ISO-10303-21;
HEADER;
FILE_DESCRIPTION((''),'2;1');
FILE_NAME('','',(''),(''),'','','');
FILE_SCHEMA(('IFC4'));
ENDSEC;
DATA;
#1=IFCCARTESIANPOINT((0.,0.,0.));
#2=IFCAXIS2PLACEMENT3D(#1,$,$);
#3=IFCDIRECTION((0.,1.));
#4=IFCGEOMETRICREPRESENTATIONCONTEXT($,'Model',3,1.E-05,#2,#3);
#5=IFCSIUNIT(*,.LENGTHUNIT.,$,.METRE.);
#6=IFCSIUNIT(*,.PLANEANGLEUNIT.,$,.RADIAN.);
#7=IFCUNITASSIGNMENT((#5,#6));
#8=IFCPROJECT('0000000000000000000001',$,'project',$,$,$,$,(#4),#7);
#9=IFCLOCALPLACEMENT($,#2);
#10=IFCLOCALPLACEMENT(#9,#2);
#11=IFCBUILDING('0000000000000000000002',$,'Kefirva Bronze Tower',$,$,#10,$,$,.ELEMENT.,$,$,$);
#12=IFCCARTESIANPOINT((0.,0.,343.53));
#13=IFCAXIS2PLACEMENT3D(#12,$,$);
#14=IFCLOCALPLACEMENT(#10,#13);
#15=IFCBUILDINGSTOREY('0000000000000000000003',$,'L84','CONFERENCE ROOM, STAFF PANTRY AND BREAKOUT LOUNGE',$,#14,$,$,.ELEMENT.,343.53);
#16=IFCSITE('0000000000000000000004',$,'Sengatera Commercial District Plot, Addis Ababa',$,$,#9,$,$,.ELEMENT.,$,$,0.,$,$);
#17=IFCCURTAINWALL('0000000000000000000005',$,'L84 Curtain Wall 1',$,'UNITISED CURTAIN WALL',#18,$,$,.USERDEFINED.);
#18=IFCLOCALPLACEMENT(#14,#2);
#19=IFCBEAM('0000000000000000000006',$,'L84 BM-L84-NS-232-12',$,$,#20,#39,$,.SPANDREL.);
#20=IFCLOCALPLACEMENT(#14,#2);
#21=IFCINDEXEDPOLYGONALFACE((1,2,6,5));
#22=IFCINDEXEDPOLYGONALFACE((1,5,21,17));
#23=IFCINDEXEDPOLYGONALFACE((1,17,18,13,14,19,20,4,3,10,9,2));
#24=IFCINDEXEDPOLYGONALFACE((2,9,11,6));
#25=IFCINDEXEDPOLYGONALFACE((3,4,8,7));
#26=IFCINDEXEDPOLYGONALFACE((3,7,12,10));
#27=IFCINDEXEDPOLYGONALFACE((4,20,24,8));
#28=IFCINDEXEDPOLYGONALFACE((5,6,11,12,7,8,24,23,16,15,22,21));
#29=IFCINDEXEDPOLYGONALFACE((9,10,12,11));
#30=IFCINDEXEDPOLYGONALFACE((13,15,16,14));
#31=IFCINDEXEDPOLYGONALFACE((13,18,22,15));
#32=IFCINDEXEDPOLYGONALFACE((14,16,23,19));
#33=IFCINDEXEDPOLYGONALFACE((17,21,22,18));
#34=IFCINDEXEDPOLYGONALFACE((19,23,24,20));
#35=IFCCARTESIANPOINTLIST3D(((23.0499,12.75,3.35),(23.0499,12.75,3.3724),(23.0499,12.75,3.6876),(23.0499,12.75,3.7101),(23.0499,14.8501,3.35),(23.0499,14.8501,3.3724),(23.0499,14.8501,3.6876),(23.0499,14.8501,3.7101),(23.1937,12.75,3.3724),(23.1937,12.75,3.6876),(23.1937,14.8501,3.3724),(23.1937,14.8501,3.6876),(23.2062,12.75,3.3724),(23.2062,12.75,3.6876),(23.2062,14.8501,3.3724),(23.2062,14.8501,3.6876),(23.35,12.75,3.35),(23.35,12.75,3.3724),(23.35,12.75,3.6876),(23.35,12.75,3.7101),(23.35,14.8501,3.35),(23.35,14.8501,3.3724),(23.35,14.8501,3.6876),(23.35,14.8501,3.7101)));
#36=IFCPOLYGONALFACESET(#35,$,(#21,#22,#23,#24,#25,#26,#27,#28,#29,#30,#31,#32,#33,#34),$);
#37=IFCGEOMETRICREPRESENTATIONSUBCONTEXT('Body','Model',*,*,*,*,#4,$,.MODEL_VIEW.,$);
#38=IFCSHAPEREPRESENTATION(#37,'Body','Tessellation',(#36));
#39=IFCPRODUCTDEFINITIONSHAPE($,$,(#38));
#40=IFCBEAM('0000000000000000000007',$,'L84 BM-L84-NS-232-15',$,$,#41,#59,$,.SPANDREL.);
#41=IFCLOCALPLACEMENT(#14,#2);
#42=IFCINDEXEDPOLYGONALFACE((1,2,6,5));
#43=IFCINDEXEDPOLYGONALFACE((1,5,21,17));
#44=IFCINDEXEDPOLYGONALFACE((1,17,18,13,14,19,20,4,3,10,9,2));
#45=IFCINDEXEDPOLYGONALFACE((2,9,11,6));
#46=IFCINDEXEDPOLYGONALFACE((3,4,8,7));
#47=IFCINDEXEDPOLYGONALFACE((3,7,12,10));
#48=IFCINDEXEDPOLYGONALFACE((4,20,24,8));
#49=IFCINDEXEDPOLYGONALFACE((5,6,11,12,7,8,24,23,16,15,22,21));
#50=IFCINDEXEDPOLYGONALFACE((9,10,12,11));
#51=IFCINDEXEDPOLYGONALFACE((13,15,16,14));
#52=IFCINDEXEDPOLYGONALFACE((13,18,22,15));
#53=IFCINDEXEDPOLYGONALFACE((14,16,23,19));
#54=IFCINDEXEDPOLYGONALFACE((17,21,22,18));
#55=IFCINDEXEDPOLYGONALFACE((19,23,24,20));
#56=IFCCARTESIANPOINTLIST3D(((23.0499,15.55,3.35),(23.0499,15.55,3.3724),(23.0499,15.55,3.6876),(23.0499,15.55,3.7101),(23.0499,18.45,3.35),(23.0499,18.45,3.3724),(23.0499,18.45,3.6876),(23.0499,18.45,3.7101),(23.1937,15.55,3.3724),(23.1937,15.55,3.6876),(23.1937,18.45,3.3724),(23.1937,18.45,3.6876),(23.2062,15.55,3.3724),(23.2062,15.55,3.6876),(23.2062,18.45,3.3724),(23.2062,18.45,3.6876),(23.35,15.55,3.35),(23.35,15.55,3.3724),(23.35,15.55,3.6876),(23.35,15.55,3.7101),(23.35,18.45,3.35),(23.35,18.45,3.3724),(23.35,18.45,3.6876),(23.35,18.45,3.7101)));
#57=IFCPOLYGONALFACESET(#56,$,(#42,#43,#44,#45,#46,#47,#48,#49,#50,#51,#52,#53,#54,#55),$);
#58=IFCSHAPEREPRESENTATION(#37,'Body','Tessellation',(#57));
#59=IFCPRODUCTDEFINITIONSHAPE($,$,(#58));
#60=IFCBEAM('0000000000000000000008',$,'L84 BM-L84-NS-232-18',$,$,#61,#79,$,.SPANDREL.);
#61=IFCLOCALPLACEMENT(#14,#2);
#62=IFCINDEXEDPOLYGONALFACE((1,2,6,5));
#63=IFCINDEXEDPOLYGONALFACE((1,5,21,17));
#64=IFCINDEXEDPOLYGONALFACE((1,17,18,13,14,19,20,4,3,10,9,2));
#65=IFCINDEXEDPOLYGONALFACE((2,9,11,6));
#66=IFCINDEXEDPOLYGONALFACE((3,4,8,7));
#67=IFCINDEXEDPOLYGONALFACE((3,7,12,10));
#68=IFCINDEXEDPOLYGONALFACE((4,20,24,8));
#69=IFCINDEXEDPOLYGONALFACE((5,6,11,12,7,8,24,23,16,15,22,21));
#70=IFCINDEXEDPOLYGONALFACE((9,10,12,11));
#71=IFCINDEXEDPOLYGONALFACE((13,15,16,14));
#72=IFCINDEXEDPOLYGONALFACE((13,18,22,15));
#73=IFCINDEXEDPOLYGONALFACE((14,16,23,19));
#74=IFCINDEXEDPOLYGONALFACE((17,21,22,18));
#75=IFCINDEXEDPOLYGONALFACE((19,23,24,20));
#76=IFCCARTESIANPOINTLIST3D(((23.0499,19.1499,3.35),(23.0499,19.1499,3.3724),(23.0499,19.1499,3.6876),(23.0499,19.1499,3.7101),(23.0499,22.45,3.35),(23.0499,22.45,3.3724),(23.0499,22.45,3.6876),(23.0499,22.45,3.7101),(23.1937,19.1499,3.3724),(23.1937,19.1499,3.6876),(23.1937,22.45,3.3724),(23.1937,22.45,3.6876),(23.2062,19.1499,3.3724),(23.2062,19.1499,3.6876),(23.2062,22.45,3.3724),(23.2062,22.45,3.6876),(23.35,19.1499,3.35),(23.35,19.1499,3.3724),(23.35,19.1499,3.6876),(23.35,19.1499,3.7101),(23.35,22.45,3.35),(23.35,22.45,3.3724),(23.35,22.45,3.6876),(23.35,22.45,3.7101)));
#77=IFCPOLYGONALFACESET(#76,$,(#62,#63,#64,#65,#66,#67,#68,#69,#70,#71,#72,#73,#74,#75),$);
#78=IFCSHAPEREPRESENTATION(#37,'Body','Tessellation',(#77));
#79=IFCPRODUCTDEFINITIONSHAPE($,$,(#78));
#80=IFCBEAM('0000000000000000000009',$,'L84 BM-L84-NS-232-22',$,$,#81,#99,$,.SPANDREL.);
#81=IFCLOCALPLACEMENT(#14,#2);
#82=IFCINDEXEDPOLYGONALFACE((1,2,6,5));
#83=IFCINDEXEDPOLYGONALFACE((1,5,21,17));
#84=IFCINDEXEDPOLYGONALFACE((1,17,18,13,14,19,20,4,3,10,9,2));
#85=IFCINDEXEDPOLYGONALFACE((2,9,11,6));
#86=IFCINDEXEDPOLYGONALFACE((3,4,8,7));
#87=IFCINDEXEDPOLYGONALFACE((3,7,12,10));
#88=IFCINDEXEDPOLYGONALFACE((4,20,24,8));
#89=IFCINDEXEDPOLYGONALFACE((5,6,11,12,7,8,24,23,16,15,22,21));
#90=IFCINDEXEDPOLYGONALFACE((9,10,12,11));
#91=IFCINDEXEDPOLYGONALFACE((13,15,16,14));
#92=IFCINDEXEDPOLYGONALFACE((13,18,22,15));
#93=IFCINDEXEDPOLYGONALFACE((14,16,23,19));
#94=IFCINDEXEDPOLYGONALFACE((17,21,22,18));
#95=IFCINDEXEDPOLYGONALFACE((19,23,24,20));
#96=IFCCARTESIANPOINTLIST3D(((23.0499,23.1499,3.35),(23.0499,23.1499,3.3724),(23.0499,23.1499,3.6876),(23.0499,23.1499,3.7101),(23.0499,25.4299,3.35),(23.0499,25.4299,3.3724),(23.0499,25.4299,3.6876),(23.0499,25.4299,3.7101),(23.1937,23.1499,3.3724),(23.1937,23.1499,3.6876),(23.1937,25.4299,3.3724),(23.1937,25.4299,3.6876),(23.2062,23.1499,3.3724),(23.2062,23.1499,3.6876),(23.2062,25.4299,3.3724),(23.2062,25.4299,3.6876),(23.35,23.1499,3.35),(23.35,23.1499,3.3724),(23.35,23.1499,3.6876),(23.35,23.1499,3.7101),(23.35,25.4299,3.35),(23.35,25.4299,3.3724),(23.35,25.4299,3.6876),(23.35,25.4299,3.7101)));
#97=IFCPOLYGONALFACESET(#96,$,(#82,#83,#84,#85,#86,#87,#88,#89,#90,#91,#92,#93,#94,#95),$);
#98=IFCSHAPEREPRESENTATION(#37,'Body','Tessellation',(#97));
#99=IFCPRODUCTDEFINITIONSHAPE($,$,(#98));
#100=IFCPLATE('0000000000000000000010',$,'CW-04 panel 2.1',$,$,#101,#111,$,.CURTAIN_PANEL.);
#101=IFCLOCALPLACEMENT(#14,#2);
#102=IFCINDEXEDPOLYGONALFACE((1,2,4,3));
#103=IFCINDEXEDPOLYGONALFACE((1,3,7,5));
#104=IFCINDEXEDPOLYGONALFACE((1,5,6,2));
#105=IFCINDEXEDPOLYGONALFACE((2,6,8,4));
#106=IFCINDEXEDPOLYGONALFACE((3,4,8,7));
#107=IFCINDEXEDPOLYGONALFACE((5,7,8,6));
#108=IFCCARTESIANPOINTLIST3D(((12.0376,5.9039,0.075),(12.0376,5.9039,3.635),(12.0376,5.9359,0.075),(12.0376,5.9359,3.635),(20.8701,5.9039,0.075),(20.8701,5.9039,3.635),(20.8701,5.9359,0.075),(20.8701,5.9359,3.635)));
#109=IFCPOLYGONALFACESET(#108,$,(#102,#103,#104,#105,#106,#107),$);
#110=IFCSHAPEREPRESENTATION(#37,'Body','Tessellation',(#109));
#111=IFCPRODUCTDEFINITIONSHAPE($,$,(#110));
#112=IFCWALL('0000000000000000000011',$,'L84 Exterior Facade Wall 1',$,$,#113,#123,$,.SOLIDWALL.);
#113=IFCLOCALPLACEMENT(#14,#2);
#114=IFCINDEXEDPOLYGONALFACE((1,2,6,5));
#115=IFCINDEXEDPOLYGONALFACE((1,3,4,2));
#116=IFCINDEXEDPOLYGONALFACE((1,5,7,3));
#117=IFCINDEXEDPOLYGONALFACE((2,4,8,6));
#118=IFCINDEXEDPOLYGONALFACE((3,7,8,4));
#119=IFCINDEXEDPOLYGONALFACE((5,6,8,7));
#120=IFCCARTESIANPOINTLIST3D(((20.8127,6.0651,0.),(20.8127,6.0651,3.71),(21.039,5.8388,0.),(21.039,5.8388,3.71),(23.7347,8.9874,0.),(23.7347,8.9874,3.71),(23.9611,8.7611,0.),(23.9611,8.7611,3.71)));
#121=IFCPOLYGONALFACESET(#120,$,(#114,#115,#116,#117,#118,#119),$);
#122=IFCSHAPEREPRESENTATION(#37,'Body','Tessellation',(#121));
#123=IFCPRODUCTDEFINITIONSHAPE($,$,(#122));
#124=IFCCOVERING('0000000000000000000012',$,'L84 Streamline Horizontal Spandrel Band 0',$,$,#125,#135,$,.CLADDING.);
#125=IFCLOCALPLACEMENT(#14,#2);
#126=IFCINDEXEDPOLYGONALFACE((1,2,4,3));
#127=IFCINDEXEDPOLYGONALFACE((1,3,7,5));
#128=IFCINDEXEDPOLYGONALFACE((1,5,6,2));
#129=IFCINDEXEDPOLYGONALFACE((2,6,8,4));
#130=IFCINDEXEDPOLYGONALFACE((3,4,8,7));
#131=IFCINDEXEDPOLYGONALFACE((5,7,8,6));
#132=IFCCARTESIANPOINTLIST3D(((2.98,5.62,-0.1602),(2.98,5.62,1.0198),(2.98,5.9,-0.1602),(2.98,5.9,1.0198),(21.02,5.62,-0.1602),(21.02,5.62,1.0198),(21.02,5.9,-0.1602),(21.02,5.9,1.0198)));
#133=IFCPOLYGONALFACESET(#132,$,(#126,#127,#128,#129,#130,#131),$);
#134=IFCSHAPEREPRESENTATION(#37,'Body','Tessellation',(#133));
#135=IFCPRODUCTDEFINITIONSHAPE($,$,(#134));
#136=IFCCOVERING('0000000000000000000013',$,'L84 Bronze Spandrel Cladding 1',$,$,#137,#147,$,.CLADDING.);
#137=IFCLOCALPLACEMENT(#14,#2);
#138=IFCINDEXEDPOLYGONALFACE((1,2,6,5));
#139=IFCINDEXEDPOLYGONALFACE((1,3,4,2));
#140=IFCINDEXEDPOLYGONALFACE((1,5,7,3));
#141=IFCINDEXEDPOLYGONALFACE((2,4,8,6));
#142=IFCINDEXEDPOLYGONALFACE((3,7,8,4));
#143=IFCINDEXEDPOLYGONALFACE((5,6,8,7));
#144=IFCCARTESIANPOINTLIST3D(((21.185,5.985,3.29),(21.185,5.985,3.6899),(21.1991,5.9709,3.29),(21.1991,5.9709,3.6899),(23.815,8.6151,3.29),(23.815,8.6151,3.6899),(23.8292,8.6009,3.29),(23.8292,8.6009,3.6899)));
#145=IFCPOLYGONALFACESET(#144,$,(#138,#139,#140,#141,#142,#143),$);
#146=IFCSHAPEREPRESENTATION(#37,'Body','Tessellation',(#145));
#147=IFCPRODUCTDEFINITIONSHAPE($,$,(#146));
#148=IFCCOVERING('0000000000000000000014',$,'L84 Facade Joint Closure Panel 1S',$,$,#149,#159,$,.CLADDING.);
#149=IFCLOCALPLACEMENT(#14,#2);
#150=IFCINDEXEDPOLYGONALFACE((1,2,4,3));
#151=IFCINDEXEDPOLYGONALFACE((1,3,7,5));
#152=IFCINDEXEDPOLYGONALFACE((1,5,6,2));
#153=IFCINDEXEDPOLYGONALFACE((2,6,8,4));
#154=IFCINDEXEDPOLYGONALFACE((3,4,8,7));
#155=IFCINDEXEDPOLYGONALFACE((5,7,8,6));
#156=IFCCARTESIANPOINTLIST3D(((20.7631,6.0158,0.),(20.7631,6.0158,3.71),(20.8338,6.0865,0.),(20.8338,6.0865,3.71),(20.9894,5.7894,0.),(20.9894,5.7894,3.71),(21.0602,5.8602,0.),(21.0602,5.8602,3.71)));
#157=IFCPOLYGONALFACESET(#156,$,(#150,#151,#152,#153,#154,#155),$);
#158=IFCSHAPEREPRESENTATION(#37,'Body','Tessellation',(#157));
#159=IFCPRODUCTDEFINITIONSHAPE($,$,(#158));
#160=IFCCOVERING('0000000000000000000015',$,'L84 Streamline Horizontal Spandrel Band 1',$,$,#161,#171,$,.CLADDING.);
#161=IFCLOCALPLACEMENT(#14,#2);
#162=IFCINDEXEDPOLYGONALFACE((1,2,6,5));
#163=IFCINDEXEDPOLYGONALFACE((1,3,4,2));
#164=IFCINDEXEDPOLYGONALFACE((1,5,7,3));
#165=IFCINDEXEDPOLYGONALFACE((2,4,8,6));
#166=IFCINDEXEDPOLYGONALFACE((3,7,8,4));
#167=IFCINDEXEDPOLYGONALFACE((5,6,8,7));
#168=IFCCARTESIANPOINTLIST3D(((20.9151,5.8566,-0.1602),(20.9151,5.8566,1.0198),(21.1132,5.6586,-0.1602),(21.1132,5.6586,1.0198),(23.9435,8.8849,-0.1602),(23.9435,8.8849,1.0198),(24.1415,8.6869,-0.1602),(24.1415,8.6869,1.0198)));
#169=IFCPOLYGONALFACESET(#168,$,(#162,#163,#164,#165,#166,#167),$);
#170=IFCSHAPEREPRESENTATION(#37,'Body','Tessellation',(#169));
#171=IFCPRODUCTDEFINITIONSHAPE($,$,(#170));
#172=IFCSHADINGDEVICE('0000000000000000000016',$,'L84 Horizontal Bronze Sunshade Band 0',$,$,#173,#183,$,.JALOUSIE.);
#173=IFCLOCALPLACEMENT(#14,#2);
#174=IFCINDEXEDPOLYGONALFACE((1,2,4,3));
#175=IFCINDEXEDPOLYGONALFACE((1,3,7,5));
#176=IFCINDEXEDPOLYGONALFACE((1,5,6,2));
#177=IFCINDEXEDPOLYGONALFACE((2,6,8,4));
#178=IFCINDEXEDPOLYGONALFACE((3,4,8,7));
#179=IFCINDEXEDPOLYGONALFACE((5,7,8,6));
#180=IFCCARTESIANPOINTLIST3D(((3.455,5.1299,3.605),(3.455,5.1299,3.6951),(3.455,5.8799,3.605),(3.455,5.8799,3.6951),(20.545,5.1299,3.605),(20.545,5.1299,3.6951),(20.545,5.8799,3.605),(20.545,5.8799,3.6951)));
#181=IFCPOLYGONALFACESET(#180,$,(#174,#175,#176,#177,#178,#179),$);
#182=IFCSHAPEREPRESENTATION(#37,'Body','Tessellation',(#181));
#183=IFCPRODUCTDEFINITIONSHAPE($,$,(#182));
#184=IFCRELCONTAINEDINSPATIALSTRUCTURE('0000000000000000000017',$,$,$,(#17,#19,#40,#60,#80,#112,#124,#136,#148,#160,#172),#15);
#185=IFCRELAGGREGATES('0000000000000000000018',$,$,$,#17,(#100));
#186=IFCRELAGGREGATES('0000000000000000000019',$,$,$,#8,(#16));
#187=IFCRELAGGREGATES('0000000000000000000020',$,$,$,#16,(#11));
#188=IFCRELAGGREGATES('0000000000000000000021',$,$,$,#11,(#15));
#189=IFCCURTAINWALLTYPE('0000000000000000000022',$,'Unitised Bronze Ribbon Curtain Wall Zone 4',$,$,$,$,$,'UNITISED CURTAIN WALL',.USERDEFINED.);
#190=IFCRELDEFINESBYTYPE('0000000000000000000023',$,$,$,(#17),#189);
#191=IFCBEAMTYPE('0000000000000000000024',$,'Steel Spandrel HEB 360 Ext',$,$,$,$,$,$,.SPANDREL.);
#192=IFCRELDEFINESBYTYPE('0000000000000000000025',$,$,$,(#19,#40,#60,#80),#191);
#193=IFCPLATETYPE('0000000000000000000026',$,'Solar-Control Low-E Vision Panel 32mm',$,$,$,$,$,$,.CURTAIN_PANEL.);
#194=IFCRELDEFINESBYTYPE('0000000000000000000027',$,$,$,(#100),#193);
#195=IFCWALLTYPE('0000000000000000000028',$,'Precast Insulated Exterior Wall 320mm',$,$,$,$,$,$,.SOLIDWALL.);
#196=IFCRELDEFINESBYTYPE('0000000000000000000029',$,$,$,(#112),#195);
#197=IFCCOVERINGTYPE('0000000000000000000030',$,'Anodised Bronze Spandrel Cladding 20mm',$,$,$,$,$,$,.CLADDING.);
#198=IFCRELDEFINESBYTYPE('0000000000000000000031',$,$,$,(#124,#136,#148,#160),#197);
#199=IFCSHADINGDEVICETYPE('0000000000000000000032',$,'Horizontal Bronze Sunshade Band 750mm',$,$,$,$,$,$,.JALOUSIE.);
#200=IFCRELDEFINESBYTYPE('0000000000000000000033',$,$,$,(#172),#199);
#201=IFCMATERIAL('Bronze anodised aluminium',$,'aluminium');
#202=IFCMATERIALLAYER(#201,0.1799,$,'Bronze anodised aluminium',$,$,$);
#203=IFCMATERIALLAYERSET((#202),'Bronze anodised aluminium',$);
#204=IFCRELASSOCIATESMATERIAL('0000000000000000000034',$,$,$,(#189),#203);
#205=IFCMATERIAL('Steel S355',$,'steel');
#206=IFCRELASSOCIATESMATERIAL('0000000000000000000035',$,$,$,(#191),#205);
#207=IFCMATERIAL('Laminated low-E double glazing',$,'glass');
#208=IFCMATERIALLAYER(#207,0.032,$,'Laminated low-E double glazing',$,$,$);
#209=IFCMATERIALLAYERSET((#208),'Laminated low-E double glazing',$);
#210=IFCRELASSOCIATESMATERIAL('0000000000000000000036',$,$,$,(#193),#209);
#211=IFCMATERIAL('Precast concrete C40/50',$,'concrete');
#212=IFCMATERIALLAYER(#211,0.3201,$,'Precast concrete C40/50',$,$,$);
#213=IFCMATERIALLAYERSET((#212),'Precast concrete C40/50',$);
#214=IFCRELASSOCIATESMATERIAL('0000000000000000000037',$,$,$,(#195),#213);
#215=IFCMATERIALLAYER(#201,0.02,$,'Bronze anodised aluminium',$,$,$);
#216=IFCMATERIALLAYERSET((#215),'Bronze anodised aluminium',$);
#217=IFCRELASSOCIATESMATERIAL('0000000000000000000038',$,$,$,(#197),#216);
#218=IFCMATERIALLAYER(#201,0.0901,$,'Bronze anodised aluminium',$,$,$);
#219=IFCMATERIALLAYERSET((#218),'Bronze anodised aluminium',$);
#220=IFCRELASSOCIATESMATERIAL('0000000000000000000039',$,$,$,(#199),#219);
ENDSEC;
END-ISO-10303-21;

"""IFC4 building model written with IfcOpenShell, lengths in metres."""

from ifc_helpers import new_model, si_unit, direction, frame, frame_2d, origin, origin_2d, place, context, subcontext, project, spatial, rectangle, i_section, extrude, material, layer, layer_set, material_profile, profile_set, type_object, element, aggregate, save


model = new_model("IFC4")

# Units and contexts
model_context = context("Model", 3, precision=1e-05, world=origin(), true_north=direction((0.0, 1.0)))
body_context = subcontext(model_context, "Body", "Model", "MODEL_VIEW")
ifc_project = project(units=[si_unit("LENGTHUNIT", "METRE"), si_unit("PLANEANGLEUNIT", "RADIAN")], contexts=[model_context])

# Site, building, storey
site_placement = place(None, origin())
site = spatial("IfcSite", under=ifc_project, at=site_placement, Name="Sengatera Commercial District Plot, Addis Ababa", CompositionType="ELEMENT", RefElevation=0.0)
building_placement = place(site_placement, origin())
building = spatial("IfcBuilding", under=site, at=building_placement, Name="Kefirva Bronze Tower", CompositionType="ELEMENT")
storey_placement = place(building_placement, frame((0.0, 0.0, 343.53)))
storey = spatial("IfcBuildingStorey", under=building, at=storey_placement, Name="L84", Description="CONFERENCE ROOM, STAFF PANTRY AND BREAKOUT LOUNGE", CompositionType="ELEMENT", Elevation=343.53)

# Curtain wall
ifc_material_1 = material(Name="Bronze anodised aluminium", Category="aluminium")
ifc_layer_1 = layer(ifc_material_1, 0.1799, Name="Bronze anodised aluminium")
ifc_layer_set_1 = layer_set([ifc_layer_1], Name="Bronze anodised aluminium")
curtain_wall_type = type_object("IfcCurtainWallType", Name="Unitised Bronze Ribbon Curtain Wall Zone 4", ElementType="UNITISED CURTAIN WALL", PredefinedType="USERDEFINED", material=ifc_layer_set_1)
curtain_wall_placement = place(storey_placement, origin())
curtain_wall = element("IfcCurtainWall", 1, at=curtain_wall_placement, inside=storey, type_object=curtain_wall_type, Name="L84 Curtain Wall 1", ObjectType="UNITISED CURTAIN WALL", PredefinedType="USERDEFINED")

# Beams
ifc_material_2 = material(Name="Steel S355", Category="steel")
ifc_material_profile_1 = material_profile(ifc_material_2, i_section(OverallWidth=0.3, OverallDepth=0.3601, WebThickness=0.0125, FlangeThickness=0.0225, at=origin_2d()), Name="HEB 360")
ifc_profile_set_1 = profile_set([ifc_material_profile_1], Name="Steel S355")
beam_type_1 = type_object("IfcBeamType", Name="Steel Spandrel HEB 360 Ext", PredefinedType="SPANDREL", material=ifc_profile_set_1)
beam_1_placement = place(storey_placement, frame((23.2, 12.75, 3.53), z_axis=(0.0, 1.0, 0.0), x_axis=(-1.0, 0.0, 0.0)))
element("IfcBeam", 2, at=beam_1_placement, inside=storey, type_object=beam_type_1, Name="L84 BM-L84-NS-232-12", PredefinedType="SPANDREL", context=body_context, shape_type="SweptSolid", body=[
    extrude(i_section(OverallWidth=0.3, OverallDepth=0.3601, WebThickness=0.0125, FlangeThickness=0.0225, at=origin_2d()), origin(), (0.0, 0.0, 1.0), 2.1001),
])
beam_2_placement = place(storey_placement, frame((23.2, 15.55, 3.53), z_axis=(0.0, 1.0, 0.0), x_axis=(-1.0, 0.0, 0.0)))
element("IfcBeam", 3, at=beam_2_placement, inside=storey, type_object=beam_type_1, Name="L84 BM-L84-NS-232-15", PredefinedType="SPANDREL", context=body_context, shape_type="SweptSolid", body=[
    extrude(i_section(OverallWidth=0.3, OverallDepth=0.3601, WebThickness=0.0125, FlangeThickness=0.0225, at=origin_2d()), origin(), (0.0, 0.0, 1.0), 2.8999),
])
beam_3_placement = place(storey_placement, frame((23.2, 19.1499, 3.53), z_axis=(0.0, 1.0, 0.0), x_axis=(-1.0, 0.0, 0.0)))
element("IfcBeam", 4, at=beam_3_placement, inside=storey, type_object=beam_type_1, Name="L84 BM-L84-NS-232-18", PredefinedType="SPANDREL", context=body_context, shape_type="SweptSolid", body=[
    extrude(i_section(OverallWidth=0.3, OverallDepth=0.3601, WebThickness=0.0125, FlangeThickness=0.0225, at=origin_2d()), origin(), (0.0, 0.0, 1.0), 3.3),
])
beam_4_placement = place(storey_placement, frame((23.2, 23.1499, 3.53), z_axis=(0.0, 1.0, 0.0), x_axis=(-1.0, 0.0, 0.0)))
element("IfcBeam", 5, at=beam_4_placement, inside=storey, type_object=beam_type_1, Name="L84 BM-L84-NS-232-22", PredefinedType="SPANDREL", context=body_context, shape_type="SweptSolid", body=[
    extrude(i_section(OverallWidth=0.3, OverallDepth=0.3601, WebThickness=0.0125, FlangeThickness=0.0225, at=origin_2d()), origin(), (0.0, 0.0, 1.0), 2.28),
])

# Plate
ifc_material_3 = material(Name="Laminated low-E double glazing", Category="glass")
ifc_layer_2 = layer(ifc_material_3, 0.032, Name="Laminated low-E double glazing")
ifc_layer_set_2 = layer_set([ifc_layer_2], Name="Laminated low-E double glazing")
plate_type = type_object("IfcPlateType", Name="Solar-Control Low-E Vision Panel 32mm", PredefinedType="CURTAIN_PANEL", material=ifc_layer_set_2)
plate_placement = place(storey_placement, frame((16.4539, 5.9199, 0.075), z_axis=(0.0, 0.0, 1.0), x_axis=(1.0, 0.0, 0.0)))
plate = element("IfcPlate", 6, at=plate_placement, type_object=plate_type, Name="CW-04 panel 2.1", PredefinedType="CURTAIN_PANEL", context=body_context, shape_type="SweptSolid", body=[
    extrude(rectangle(XDim=8.8325, YDim=0.032, at=origin_2d()), origin(), (0.0, 0.0, 1.0), 3.5601),
])
aggregate(curtain_wall, [plate])

# Wall
ifc_material_4 = material(Name="Precast concrete C40/50", Category="concrete")
ifc_layer_3 = layer(ifc_material_4, 0.3201, Name="Precast concrete C40/50")
ifc_layer_set_3 = layer_set([ifc_layer_3], Name="Precast concrete C40/50")
wall_type = type_object("IfcWallType", Name="Precast Insulated Exterior Wall 320mm", PredefinedType="SOLIDWALL", material=ifc_layer_set_3)
wall_placement = place(storey_placement, frame((20.9258, 5.9519, 0.0), z_axis=(0.0, 0.0, 1.0), x_axis=(0.707077, 0.707136, 0.0)))
element("IfcWall", 7, at=wall_placement, inside=storey, type_object=wall_type, Name="L84 Exterior Facade Wall 1", PredefinedType="SOLIDWALL", context=body_context, shape_type="SweptSolid", body=[
    extrude(rectangle(XDim=4.1326, YDim=0.3201, at=frame_2d((2.0664, 0.0))), origin(), (0.0, 0.0, 1.0), 3.71),
])

# Coverings
ifc_layer_4 = layer(ifc_material_1, 0.02, Name="Bronze anodised aluminium")
ifc_layer_set_4 = layer_set([ifc_layer_4], Name="Bronze anodised aluminium")
covering_type_1 = type_object("IfcCoveringType", Name="Anodised Bronze Spandrel Cladding 20mm", PredefinedType="CLADDING", material=ifc_layer_set_4)
covering_1_placement = place(storey_placement, frame((12.0, 5.76, -0.1602), z_axis=(0.0, 0.0, 1.0), x_axis=(1.0, 0.0, 0.0)))
element("IfcCovering", 8, at=covering_1_placement, inside=storey, type_object=covering_type_1, Name="L84 Streamline Horizontal Spandrel Band 0", PredefinedType="CLADDING", context=body_context, shape_type="SweptSolid", body=[
    extrude(rectangle(XDim=18.04, YDim=0.28, at=origin_2d()), origin(), (0.0, 0.0, 1.0), 1.1799),
])
covering_2_placement = place(storey_placement, frame((22.5071, 7.293, 3.29), z_axis=(0.0, 0.0, 1.0), x_axis=(0.707107, 0.707107, 0.0)))
element("IfcCovering", 9, at=covering_2_placement, inside=storey, type_object=covering_type_1, Name="L84 Bronze Spandrel Cladding 1", PredefinedType="CLADDING", context=body_context, shape_type="SweptSolid", body=[
    extrude(rectangle(XDim=3.7195, YDim=0.02, at=origin_2d()), origin(), (0.0, 0.0, 1.0), 0.3999),
])
covering_3_placement = place(storey_placement, frame((20.9116, 5.938, 0.0), z_axis=(0.0, 0.0, 1.0), x_axis=(0.707107, 0.707107, 0.0)))
element("IfcCovering", 10, at=covering_3_placement, inside=storey, type_object=covering_type_1, Name="L84 Facade Joint Closure Panel 1S", PredefinedType="CLADDING", context=body_context, shape_type="SweptSolid", body=[
    extrude(rectangle(XDim=0.1001, YDim=0.3201, at=origin_2d()), origin(), (0.0, 0.0, 1.0), 3.71),
])
covering_4_placement = place(storey_placement, frame((22.5283, 7.2717, -0.1602), z_axis=(0.0, 0.0, 1.0), x_axis=(0.707107, 0.707107, 0.0)))
element("IfcCovering", 11, at=covering_4_placement, inside=storey, type_object=covering_type_1, Name="L84 Streamline Horizontal Spandrel Band 1", PredefinedType="CLADDING", context=body_context, shape_type="SweptSolid", body=[
    extrude(rectangle(XDim=4.2827, YDim=0.28, at=origin_2d()), origin(), (0.0, 0.0, 1.0), 1.1799),
])

# Shading device
ifc_layer_5 = layer(ifc_material_1, 0.0901, Name="Bronze anodised aluminium")
ifc_layer_set_5 = layer_set([ifc_layer_5], Name="Bronze anodised aluminium")
shading_device_type = type_object("IfcShadingDeviceType", Name="Horizontal Bronze Sunshade Band 750mm", PredefinedType="JALOUSIE", material=ifc_layer_set_5)
shading_device_placement = place(storey_placement, frame((12.0, 5.5049, 3.605), z_axis=(0.0, 0.0, 1.0), x_axis=(1.0, 0.0, 0.0)))
element("IfcShadingDevice", 12, at=shading_device_placement, inside=storey, type_object=shading_device_type, Name="L84 Horizontal Bronze Sunshade Band 0", PredefinedType="JALOUSIE", context=body_context, shape_type="SweptSolid", body=[
    extrude(rectangle(XDim=17.0901, YDim=0.75, at=origin_2d()), origin(), (0.0, 0.0, 1.0), 0.0901),
])

save(model, "model.ifc")
